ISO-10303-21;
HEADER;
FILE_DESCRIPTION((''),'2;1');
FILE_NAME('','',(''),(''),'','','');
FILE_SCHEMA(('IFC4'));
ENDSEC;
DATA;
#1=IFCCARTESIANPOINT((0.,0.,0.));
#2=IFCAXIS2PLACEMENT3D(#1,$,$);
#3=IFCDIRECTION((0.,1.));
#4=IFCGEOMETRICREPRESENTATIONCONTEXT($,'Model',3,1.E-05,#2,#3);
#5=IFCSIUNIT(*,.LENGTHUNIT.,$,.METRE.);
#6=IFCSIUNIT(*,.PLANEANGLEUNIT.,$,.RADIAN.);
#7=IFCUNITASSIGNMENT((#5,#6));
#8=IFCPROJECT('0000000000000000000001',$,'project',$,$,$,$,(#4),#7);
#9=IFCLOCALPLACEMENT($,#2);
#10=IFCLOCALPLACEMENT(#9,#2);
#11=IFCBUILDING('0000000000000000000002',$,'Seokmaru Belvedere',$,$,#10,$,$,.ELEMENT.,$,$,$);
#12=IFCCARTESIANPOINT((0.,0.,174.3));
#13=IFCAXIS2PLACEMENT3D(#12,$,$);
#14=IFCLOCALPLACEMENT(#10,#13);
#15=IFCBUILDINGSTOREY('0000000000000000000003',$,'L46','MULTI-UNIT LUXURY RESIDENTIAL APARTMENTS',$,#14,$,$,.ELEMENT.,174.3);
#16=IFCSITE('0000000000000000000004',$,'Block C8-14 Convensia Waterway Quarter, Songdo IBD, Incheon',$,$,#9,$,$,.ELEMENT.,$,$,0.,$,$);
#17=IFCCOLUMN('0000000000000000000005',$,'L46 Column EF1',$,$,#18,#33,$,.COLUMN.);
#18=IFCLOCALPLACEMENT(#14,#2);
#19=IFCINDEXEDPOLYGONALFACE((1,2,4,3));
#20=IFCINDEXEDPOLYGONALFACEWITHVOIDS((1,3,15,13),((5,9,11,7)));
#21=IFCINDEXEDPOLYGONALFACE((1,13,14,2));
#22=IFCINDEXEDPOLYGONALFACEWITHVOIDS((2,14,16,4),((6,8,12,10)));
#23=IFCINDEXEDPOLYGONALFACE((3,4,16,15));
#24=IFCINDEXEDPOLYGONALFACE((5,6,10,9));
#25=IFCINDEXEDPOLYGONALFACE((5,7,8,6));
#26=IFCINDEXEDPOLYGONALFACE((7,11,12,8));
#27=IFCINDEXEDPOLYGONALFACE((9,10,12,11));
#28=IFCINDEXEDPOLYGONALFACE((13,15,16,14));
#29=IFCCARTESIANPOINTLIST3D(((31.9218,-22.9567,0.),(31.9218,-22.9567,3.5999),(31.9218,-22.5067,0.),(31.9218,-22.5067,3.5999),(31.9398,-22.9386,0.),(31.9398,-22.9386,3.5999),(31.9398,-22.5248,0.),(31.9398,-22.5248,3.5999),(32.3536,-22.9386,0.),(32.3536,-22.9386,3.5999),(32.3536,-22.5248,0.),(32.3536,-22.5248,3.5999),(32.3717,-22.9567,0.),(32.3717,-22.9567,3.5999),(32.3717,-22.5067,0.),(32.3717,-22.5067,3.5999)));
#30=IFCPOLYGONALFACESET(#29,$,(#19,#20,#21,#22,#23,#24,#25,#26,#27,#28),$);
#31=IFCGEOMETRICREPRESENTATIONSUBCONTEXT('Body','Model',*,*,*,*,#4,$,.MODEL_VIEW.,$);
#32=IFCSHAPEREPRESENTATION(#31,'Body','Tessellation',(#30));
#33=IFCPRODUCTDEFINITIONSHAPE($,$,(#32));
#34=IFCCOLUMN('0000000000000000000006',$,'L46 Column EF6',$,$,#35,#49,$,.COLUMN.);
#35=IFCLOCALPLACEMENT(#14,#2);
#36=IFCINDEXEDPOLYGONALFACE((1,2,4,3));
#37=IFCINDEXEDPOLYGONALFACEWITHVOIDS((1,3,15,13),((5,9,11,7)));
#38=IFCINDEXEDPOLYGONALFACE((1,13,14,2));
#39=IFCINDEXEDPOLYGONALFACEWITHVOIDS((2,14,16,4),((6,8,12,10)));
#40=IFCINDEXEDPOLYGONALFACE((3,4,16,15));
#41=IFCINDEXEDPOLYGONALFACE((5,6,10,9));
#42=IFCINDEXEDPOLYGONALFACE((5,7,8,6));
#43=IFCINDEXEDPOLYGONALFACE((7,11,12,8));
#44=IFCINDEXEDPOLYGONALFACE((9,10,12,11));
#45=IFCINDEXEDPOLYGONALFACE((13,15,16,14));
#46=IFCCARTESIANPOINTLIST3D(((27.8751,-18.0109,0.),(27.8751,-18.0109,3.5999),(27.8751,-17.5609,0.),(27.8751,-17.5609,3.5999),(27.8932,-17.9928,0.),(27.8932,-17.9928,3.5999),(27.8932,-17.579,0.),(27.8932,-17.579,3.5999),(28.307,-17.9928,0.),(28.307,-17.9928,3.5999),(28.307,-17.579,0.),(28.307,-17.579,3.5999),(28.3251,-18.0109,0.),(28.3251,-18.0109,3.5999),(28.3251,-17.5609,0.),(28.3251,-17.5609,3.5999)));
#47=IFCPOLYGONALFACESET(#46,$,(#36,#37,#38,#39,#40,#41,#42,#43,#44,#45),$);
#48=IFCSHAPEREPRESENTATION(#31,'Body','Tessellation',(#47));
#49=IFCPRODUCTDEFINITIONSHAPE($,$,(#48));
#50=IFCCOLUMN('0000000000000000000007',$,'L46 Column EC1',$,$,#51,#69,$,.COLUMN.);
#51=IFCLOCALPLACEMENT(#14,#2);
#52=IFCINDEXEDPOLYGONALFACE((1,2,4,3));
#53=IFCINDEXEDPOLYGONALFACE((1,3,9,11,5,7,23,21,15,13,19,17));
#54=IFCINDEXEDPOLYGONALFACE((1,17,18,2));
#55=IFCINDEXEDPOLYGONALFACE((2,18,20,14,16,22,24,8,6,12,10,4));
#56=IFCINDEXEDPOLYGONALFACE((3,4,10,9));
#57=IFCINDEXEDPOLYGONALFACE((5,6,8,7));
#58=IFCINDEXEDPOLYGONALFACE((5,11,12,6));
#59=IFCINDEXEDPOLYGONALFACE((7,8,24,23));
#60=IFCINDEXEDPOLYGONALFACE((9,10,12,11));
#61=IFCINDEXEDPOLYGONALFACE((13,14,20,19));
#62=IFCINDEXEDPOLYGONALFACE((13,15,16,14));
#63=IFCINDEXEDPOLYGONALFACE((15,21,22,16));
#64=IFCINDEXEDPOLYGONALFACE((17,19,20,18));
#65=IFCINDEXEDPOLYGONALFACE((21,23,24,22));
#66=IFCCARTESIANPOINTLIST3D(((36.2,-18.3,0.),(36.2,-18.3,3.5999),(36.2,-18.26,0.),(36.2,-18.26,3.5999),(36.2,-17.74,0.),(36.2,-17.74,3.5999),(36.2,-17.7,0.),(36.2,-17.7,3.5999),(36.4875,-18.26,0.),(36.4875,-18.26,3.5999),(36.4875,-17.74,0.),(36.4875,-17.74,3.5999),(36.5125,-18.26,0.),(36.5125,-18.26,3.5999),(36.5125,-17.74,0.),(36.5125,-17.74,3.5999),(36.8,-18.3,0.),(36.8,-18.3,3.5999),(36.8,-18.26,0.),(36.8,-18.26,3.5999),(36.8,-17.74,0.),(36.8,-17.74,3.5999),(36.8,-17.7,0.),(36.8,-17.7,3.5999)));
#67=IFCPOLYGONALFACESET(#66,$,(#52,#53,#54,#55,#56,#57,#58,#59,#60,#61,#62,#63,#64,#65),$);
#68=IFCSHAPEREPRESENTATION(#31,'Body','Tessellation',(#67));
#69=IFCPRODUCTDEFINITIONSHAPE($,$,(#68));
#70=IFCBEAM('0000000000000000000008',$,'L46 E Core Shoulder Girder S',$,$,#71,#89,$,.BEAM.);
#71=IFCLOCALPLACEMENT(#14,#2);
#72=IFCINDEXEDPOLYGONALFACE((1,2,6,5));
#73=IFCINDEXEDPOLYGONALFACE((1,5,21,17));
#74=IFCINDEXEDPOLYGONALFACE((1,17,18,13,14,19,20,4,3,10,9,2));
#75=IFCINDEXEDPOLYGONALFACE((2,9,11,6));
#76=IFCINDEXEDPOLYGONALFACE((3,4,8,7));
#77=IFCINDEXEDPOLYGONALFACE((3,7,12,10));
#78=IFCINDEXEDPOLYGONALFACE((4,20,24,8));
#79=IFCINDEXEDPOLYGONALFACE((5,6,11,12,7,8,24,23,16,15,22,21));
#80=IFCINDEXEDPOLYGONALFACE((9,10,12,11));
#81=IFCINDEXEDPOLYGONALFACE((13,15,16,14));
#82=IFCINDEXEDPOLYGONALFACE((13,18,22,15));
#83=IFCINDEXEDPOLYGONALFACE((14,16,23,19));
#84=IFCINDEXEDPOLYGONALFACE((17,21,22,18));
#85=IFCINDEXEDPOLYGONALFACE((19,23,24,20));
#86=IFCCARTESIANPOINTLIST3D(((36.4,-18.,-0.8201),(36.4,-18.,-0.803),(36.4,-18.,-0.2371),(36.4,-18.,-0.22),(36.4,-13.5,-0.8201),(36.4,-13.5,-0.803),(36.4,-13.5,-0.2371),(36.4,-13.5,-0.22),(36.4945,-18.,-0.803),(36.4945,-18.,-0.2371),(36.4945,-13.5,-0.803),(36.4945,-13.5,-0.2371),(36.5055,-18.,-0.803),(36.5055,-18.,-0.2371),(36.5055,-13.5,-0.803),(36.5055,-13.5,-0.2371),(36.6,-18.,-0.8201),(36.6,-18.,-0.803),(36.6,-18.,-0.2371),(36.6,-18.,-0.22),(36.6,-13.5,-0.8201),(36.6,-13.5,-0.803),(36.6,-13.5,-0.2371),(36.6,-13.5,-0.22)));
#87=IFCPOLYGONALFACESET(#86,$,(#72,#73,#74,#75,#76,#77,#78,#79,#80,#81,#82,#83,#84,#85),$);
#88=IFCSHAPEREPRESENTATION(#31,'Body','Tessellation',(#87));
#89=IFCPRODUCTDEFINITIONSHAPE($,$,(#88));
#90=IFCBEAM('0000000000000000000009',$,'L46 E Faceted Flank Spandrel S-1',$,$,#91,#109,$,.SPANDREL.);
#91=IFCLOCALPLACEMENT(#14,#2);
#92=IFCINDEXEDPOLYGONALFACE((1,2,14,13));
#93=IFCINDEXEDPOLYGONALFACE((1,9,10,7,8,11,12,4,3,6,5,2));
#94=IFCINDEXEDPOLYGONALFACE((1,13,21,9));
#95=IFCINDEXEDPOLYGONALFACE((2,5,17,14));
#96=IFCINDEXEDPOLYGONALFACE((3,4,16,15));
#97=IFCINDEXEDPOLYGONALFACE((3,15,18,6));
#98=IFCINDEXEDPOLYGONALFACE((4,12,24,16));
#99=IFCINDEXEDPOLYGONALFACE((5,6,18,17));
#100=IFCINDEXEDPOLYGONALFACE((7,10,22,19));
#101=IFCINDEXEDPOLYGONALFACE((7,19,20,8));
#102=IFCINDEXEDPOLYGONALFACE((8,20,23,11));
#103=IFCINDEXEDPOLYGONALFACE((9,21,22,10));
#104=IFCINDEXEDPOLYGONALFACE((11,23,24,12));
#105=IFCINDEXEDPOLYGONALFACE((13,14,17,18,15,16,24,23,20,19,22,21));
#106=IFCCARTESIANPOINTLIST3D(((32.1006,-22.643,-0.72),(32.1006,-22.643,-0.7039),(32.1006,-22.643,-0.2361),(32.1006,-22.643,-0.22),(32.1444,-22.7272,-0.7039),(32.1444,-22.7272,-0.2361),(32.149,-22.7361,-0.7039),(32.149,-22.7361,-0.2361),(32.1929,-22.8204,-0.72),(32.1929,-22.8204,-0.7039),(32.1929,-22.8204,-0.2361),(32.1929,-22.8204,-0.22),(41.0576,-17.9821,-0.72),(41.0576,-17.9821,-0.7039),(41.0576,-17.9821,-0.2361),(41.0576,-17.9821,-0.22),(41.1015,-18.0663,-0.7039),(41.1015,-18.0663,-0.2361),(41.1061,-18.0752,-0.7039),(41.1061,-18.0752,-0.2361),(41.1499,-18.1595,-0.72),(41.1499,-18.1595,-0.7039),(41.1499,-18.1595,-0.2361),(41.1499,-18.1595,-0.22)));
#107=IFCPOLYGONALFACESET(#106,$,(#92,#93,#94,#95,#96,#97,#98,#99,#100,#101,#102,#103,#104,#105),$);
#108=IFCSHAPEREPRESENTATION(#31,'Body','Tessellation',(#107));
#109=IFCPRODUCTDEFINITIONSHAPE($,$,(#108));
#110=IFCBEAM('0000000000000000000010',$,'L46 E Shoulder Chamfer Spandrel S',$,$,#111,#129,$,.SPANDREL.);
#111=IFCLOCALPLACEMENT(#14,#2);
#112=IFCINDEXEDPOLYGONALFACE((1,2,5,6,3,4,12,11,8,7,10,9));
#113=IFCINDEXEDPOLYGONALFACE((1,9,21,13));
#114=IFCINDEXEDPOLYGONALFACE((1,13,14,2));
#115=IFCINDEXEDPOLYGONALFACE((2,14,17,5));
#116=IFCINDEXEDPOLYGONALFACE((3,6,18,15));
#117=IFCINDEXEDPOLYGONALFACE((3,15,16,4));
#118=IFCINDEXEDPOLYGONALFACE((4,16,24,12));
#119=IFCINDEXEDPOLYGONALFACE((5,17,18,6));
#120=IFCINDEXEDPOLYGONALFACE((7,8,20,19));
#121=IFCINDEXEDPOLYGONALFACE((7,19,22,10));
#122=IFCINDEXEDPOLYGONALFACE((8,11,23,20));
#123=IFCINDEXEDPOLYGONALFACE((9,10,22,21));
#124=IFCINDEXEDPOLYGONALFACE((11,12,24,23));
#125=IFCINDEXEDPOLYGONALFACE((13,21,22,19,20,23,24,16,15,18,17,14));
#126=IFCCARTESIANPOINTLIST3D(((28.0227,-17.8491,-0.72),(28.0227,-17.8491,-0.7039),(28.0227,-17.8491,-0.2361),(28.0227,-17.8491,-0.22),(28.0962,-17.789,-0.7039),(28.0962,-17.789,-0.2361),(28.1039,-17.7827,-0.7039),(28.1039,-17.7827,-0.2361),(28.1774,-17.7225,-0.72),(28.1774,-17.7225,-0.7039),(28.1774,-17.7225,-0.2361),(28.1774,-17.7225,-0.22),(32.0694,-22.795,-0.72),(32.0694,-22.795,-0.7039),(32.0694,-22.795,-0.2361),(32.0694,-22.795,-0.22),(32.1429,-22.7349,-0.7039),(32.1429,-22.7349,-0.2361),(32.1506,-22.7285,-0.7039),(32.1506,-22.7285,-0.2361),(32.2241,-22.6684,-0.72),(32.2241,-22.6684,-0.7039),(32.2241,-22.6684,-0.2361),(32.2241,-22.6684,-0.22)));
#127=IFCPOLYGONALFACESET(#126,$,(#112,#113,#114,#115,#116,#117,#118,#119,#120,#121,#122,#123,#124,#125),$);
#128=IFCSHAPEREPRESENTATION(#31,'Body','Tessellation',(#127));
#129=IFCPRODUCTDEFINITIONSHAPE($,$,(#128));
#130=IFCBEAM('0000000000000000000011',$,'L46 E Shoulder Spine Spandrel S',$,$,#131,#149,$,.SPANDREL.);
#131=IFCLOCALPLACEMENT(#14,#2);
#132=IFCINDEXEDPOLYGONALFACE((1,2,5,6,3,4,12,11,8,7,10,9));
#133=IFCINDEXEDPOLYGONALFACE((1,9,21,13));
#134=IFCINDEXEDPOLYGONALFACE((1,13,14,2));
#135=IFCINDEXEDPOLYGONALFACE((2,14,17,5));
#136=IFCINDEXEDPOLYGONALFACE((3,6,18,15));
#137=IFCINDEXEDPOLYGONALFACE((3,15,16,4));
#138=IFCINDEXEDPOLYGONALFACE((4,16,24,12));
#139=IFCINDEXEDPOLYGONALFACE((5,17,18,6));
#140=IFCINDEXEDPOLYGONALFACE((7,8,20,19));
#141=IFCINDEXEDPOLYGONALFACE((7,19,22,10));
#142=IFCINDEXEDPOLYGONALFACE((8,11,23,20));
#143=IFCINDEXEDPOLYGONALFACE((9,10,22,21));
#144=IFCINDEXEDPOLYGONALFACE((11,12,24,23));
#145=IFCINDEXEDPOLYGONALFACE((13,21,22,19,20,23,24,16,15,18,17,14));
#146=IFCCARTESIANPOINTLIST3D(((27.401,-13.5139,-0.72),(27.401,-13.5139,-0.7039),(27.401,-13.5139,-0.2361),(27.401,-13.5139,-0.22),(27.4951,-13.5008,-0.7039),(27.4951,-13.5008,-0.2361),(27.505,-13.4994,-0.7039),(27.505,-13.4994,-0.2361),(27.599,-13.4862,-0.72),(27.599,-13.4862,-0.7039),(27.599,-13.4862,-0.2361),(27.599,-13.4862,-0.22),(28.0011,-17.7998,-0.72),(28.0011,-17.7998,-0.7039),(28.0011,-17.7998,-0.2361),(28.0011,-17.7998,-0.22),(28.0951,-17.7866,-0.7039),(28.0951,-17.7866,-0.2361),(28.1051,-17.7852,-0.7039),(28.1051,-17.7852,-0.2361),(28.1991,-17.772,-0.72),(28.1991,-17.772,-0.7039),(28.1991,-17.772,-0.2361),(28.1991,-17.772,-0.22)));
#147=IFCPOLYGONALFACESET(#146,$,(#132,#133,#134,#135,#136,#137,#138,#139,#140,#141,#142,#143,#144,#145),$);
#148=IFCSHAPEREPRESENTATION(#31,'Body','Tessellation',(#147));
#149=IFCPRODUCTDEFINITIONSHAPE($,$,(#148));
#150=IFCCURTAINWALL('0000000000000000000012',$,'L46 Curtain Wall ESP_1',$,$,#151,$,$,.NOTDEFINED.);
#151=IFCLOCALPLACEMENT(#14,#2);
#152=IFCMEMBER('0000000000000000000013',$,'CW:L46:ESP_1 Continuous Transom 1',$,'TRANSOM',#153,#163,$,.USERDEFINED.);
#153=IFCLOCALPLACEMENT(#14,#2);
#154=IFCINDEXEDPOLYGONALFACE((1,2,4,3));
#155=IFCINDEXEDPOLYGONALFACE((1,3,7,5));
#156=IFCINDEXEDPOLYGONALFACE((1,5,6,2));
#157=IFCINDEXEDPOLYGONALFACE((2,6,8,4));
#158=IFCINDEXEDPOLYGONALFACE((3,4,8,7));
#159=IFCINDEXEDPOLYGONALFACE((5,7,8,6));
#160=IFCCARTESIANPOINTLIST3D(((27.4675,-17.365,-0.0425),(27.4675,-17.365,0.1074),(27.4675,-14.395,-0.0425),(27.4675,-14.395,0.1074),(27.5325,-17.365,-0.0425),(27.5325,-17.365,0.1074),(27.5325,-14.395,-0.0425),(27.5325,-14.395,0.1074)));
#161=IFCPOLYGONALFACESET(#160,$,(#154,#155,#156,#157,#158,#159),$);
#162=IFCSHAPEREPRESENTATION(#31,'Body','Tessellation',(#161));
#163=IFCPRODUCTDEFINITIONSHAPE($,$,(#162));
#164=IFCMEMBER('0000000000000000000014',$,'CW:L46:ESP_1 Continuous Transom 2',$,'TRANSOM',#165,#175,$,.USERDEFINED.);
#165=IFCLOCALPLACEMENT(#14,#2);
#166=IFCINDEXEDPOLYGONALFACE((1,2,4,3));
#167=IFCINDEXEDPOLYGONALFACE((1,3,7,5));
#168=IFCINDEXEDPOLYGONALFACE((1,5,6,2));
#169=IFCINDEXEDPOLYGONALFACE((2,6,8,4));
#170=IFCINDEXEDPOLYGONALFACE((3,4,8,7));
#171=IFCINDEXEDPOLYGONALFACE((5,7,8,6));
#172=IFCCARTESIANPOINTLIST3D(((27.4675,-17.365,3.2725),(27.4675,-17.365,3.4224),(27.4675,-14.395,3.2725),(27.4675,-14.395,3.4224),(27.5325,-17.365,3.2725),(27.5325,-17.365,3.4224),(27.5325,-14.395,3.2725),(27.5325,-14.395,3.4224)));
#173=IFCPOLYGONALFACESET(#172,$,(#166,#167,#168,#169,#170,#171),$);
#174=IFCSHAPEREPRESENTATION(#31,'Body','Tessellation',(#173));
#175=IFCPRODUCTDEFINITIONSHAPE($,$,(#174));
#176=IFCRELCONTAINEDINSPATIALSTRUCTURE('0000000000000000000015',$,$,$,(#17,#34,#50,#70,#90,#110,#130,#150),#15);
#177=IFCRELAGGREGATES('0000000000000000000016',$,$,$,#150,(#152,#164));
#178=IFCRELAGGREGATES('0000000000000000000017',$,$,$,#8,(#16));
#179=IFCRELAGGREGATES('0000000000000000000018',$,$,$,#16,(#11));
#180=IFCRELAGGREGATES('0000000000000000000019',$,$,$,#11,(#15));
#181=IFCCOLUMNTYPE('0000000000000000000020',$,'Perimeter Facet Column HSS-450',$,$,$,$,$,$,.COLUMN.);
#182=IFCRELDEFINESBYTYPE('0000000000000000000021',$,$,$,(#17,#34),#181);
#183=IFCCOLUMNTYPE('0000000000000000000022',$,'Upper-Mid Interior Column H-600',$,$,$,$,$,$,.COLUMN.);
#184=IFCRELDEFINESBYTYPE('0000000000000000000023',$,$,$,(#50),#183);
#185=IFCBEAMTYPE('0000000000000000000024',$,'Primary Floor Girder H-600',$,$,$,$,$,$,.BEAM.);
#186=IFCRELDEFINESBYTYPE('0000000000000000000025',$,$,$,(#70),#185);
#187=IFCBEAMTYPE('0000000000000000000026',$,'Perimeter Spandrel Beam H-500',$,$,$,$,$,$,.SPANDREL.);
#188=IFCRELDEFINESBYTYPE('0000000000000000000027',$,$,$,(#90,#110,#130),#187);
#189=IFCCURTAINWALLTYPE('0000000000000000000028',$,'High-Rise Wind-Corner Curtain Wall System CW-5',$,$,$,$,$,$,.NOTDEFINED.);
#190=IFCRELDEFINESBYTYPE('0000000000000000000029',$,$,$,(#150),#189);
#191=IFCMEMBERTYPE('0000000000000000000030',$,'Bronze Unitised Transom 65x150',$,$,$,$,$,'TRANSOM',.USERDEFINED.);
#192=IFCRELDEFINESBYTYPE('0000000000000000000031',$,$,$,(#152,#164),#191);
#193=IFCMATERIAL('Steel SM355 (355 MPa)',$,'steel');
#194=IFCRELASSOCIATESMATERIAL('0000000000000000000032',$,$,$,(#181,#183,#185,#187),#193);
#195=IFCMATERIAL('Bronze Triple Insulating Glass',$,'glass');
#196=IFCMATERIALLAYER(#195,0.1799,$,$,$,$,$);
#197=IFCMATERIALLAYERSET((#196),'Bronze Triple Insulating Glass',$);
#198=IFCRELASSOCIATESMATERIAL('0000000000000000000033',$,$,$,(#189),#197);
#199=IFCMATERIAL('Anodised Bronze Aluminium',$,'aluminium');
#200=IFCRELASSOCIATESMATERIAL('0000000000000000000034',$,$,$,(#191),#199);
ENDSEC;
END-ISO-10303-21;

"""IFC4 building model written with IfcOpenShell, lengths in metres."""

from ifc_helpers import new_model, si_unit, direction, frame, origin, origin_2d, place, context, subcontext, project, spatial, rectangle, hollow_rectangle, i_section, extrude, source, transform, mapped, material, layer, layer_set, material_profile, profile_set, type_object, type_shapes, element, aggregate, save


model = new_model("IFC4")

# Units and contexts
model_context = context("Model", 3, precision=1e-05, world=origin(), true_north=direction((0.0, 1.0)))
body_context = subcontext(model_context, "Body", "Model", "MODEL_VIEW")
ifc_project = project(units=[si_unit("LENGTHUNIT", "METRE"), si_unit("PLANEANGLEUNIT", "RADIAN")], contexts=[model_context])

# Site, building, storey
site_placement = place(None, origin())
site = spatial("IfcSite", under=ifc_project, at=site_placement, Name="Block C8-14 Convensia Waterway Quarter, Songdo IBD, Incheon", CompositionType="ELEMENT", RefElevation=0.0)
building_placement = place(site_placement, origin())
building = spatial("IfcBuilding", under=site, at=building_placement, Name="Seokmaru Belvedere", CompositionType="ELEMENT")
storey_placement = place(building_placement, frame((0.0, 0.0, 174.3)))
storey = spatial("IfcBuildingStorey", under=building, at=storey_placement, Name="L46", Description="MULTI-UNIT LUXURY RESIDENTIAL APARTMENTS", CompositionType="ELEMENT", Elevation=174.3)

# Columns
ifc_material_1 = material(Name="Steel SM355 (355 MPa)", Category="steel")
ifc_material_profile_1 = material_profile(ifc_material_1, hollow_rectangle(XDim=0.45, YDim=0.45, WallThickness=0.0181, at=origin_2d()), Name="HSS-450x450x18")
ifc_profile_set_1 = profile_set([ifc_material_profile_1], Name="Steel SM355 (355 MPa)")
column_type_1 = type_object("IfcColumnType", Name="Perimeter Facet Column HSS-450", PredefinedType="COLUMN", material=ifc_profile_set_1)
shared_shape_1 = source(origin(), body_context, "Body", "SweptSolid", [
    extrude(hollow_rectangle(XDim=0.45, YDim=0.45, WallThickness=0.0181, at=origin_2d()), origin(), (0.0, 0.0, 1.0), 3.5999),
])
type_shapes(column_type_1, [shared_shape_1])
for number, where, z_axis, x_axis, name in (
    (1, (32.1467, -22.7317, 0.0), (0.0, 0.0, 1.0), (1.0, 0.0, 0.0), "L46 Column EF1"),
    (2, (28.1001, -17.7859, 0.0), (0.0, 0.0, 1.0), (1.0, 0.0, 0.0), "L46 Column EF6"),
):
    element("IfcColumn", number, at=place(storey_placement, frame(where, z_axis=z_axis, x_axis=x_axis)), inside=storey, type_object=column_type_1, Name=name, PredefinedType="COLUMN", context=body_context, shape_type="MappedRepresentation", body=[
        mapped(shared_shape_1, transform((0.0, 0.0, 0.0), scale=1.0)),
    ])
ifc_material_profile_2 = material_profile(ifc_material_1, i_section(OverallWidth=0.6001, OverallDepth=0.6001, WebThickness=0.0249, FlangeThickness=0.04, at=origin_2d()), Name="H-600x600x25x40")
ifc_profile_set_2 = profile_set([ifc_material_profile_2], Name="Steel SM355 (355 MPa)")
column_type_2 = type_object("IfcColumnType", Name="Upper-Mid Interior Column H-600", PredefinedType="COLUMN", material=ifc_profile_set_2)
shared_shape_2 = source(origin(), body_context, "Body", "SweptSolid", [
    extrude(i_section(OverallWidth=0.6001, OverallDepth=0.6001, WebThickness=0.0249, FlangeThickness=0.04, at=origin_2d()), origin(), (0.0, 0.0, 1.0), 3.5999),
])
type_shapes(column_type_2, [shared_shape_2])
column_placement = place(storey_placement, frame((36.5, -18.0, 0.0), z_axis=(0.0, 0.0, 1.0), x_axis=(1.0, 0.0, 0.0)))
element("IfcColumn", 3, at=column_placement, inside=storey, type_object=column_type_2, Name="L46 Column EC1", PredefinedType="COLUMN", context=body_context, shape_type="MappedRepresentation", body=[
    mapped(shared_shape_2, transform((0.0, 0.0, 0.0), scale=1.0)),
])

# Beams
ifc_material_profile_3 = material_profile(ifc_material_1, i_section(OverallWidth=0.2, OverallDepth=0.6001, WebThickness=0.011, FlangeThickness=0.0171, at=origin_2d()), Name="H-600x200x11x17")
ifc_profile_set_3 = profile_set([ifc_material_profile_3], Name="Steel SM355 (355 MPa)")
beam_type_1 = type_object("IfcBeamType", Name="Primary Floor Girder H-600", PredefinedType="BEAM", material=ifc_profile_set_3)
shared_shape_3 = source(origin(), body_context, "Body", "SweptSolid", [
    extrude(i_section(OverallWidth=0.2, OverallDepth=0.6001, WebThickness=0.011, FlangeThickness=0.0171, at=origin_2d()), origin(), (0.0, 0.0, 1.0), 4.5),
])
type_shapes(beam_type_1, [shared_shape_3])
beam_1_placement = place(storey_placement, frame((36.5, -18.0, -0.52), z_axis=(0.0, 1.0, 0.0), x_axis=(-1.0, 0.0, 0.0)))
element("IfcBeam", 4, at=beam_1_placement, inside=storey, type_object=beam_type_1, Name="L46 E Core Shoulder Girder S", PredefinedType="BEAM", context=body_context, shape_type="MappedRepresentation", body=[
    mapped(shared_shape_3, transform((0.0, 0.0, 0.0), scale=1.0)),
])
ifc_material_profile_4 = material_profile(ifc_material_1, i_section(OverallWidth=0.2, OverallDepth=0.5, WebThickness=0.01, FlangeThickness=0.0161, at=origin_2d()), Name="H-500x200x10x16")
ifc_profile_set_4 = profile_set([ifc_material_profile_4], Name="Steel SM355 (355 MPa)")
beam_type_2 = type_object("IfcBeamType", Name="Perimeter Spandrel Beam H-500", PredefinedType="SPANDREL", material=ifc_profile_set_4)
shared_shape_4 = source(origin(), body_context, "Body", "SweptSolid", [
    extrude(i_section(OverallWidth=0.2, OverallDepth=0.5, WebThickness=0.01, FlangeThickness=0.0161, at=origin_2d()), origin(), (0.0, 0.0, 1.0), 10.0972),
])
beam_2_placement = place(storey_placement, frame((32.1467, -22.7317, -0.47), z_axis=(0.887086, 0.461605, 0.0), x_axis=(-0.461605, 0.887086, 0.0)))
element("IfcBeam", 5, at=beam_2_placement, inside=storey, type_object=beam_type_2, Name="L46 E Faceted Flank Spandrel S-1", PredefinedType="SPANDREL", context=body_context, shape_type="MappedRepresentation", body=[
    mapped(shared_shape_4, transform((0.0, 0.0, 0.0), scale=1.0)),
])
shared_shape_5 = source(origin(), body_context, "Body", "SweptSolid", [
    extrude(i_section(OverallWidth=0.2, OverallDepth=0.5, WebThickness=0.01, FlangeThickness=0.0161, at=origin_2d()), origin(), (0.0, 0.0, 1.0), 6.3904),
])
beam_3_placement = place(storey_placement, frame((32.1467, -22.7317, -0.47), z_axis=(-0.633244, 0.773952, 0.0), x_axis=(-0.773952, -0.633244, 0.0)))
element("IfcBeam", 6, at=beam_3_placement, inside=storey, type_object=beam_type_2, Name="L46 E Shoulder Chamfer Spandrel S", PredefinedType="SPANDREL", context=body_context, shape_type="MappedRepresentation", body=[
    mapped(shared_shape_5, transform((0.0, 0.0, 0.0), scale=1.0)),
])
shared_shape_6 = source(origin(), body_context, "Body", "SweptSolid", [
    extrude(i_section(OverallWidth=0.2, OverallDepth=0.5, WebThickness=0.01, FlangeThickness=0.0161, at=origin_2d()), origin(), (0.0, 0.0, 1.0), 4.3276),
])
type_shapes(beam_type_2, [shared_shape_4, shared_shape_5, shared_shape_6])
beam_4_placement = place(storey_placement, frame((28.1001, -17.7859, -0.47), z_axis=(-0.138664, 0.990339, 0.0), x_axis=(-0.990339, -0.138664, 0.0)))
element("IfcBeam", 7, at=beam_4_placement, inside=storey, type_object=beam_type_2, Name="L46 E Shoulder Spine Spandrel S", PredefinedType="SPANDREL", context=body_context, shape_type="MappedRepresentation", body=[
    mapped(shared_shape_6, transform((0.0, 0.0, 0.0), scale=1.0)),
])

# Curtain wall, members
ifc_material_2 = material(Name="Bronze Triple Insulating Glass", Category="glass")
ifc_layer_1 = layer(ifc_material_2, 0.1799)
ifc_layer_set_1 = layer_set([ifc_layer_1], Name="Bronze Triple Insulating Glass")
curtain_wall_type = type_object("IfcCurtainWallType", Name="High-Rise Wind-Corner Curtain Wall System CW-5", PredefinedType="NOTDEFINED", material=ifc_layer_set_1)
curtain_wall_1_placement = place(storey_placement, origin())
curtain_wall_1 = element("IfcCurtainWall", 8, at=curtain_wall_1_placement, inside=storey, type_object=curtain_wall_type, Name="L46 Curtain Wall ESP_1", PredefinedType="NOTDEFINED")
ifc_material_3 = material(Name="Anodised Bronze Aluminium", Category="aluminium")
ifc_material_profile_5 = material_profile(ifc_material_3, rectangle(XDim=0.0649, YDim=0.1499, at=origin_2d()), Name="CW-T-65x150")
ifc_profile_set_5 = profile_set([ifc_material_profile_5], Name="Anodised Bronze Aluminium")
member_type_1 = type_object("IfcMemberType", Name="Bronze Unitised Transom 65x150", ElementType="TRANSOM", PredefinedType="USERDEFINED", material=ifc_profile_set_5)
shared_shape_7 = source(origin(), body_context, "Body", "SweptSolid", [
    extrude(rectangle(XDim=0.0649, YDim=0.1499, at=origin_2d()), origin(), (0.0, 0.0, 1.0), 2.97),
])
member_1_placement = place(storey_placement, frame((27.5, -14.395, 0.0325), z_axis=(0.0, -1.0, 0.0), x_axis=(1.0, 0.0, 0.0)))
member_1 = element("IfcMember", 9, at=member_1_placement, type_object=member_type_1, Name="CW:L46:ESP_1 Continuous Transom 1", ObjectType="TRANSOM", PredefinedType="USERDEFINED", context=body_context, shape_type="MappedRepresentation", body=[
    mapped(shared_shape_7, transform((0.0, 0.0, 0.0), scale=1.0)),
])
member_2_placement = place(storey_placement, frame((27.5, -14.395, 3.3474), z_axis=(0.0, -1.0, 0.0), x_axis=(1.0, 0.0, 0.0)))
member_2 = element("IfcMember", 10, at=member_2_placement, type_object=member_type_1, Name="CW:L46:ESP_1 Continuous Transom 2", ObjectType="TRANSOM", PredefinedType="USERDEFINED", context=body_context, shape_type="MappedRepresentation", body=[
    mapped(shared_shape_7, transform((0.0, 0.0, 0.0), scale=1.0)),
])

aggregate(curtain_wall_1, [member_1, member_2])

save(model, "model.ifc")
